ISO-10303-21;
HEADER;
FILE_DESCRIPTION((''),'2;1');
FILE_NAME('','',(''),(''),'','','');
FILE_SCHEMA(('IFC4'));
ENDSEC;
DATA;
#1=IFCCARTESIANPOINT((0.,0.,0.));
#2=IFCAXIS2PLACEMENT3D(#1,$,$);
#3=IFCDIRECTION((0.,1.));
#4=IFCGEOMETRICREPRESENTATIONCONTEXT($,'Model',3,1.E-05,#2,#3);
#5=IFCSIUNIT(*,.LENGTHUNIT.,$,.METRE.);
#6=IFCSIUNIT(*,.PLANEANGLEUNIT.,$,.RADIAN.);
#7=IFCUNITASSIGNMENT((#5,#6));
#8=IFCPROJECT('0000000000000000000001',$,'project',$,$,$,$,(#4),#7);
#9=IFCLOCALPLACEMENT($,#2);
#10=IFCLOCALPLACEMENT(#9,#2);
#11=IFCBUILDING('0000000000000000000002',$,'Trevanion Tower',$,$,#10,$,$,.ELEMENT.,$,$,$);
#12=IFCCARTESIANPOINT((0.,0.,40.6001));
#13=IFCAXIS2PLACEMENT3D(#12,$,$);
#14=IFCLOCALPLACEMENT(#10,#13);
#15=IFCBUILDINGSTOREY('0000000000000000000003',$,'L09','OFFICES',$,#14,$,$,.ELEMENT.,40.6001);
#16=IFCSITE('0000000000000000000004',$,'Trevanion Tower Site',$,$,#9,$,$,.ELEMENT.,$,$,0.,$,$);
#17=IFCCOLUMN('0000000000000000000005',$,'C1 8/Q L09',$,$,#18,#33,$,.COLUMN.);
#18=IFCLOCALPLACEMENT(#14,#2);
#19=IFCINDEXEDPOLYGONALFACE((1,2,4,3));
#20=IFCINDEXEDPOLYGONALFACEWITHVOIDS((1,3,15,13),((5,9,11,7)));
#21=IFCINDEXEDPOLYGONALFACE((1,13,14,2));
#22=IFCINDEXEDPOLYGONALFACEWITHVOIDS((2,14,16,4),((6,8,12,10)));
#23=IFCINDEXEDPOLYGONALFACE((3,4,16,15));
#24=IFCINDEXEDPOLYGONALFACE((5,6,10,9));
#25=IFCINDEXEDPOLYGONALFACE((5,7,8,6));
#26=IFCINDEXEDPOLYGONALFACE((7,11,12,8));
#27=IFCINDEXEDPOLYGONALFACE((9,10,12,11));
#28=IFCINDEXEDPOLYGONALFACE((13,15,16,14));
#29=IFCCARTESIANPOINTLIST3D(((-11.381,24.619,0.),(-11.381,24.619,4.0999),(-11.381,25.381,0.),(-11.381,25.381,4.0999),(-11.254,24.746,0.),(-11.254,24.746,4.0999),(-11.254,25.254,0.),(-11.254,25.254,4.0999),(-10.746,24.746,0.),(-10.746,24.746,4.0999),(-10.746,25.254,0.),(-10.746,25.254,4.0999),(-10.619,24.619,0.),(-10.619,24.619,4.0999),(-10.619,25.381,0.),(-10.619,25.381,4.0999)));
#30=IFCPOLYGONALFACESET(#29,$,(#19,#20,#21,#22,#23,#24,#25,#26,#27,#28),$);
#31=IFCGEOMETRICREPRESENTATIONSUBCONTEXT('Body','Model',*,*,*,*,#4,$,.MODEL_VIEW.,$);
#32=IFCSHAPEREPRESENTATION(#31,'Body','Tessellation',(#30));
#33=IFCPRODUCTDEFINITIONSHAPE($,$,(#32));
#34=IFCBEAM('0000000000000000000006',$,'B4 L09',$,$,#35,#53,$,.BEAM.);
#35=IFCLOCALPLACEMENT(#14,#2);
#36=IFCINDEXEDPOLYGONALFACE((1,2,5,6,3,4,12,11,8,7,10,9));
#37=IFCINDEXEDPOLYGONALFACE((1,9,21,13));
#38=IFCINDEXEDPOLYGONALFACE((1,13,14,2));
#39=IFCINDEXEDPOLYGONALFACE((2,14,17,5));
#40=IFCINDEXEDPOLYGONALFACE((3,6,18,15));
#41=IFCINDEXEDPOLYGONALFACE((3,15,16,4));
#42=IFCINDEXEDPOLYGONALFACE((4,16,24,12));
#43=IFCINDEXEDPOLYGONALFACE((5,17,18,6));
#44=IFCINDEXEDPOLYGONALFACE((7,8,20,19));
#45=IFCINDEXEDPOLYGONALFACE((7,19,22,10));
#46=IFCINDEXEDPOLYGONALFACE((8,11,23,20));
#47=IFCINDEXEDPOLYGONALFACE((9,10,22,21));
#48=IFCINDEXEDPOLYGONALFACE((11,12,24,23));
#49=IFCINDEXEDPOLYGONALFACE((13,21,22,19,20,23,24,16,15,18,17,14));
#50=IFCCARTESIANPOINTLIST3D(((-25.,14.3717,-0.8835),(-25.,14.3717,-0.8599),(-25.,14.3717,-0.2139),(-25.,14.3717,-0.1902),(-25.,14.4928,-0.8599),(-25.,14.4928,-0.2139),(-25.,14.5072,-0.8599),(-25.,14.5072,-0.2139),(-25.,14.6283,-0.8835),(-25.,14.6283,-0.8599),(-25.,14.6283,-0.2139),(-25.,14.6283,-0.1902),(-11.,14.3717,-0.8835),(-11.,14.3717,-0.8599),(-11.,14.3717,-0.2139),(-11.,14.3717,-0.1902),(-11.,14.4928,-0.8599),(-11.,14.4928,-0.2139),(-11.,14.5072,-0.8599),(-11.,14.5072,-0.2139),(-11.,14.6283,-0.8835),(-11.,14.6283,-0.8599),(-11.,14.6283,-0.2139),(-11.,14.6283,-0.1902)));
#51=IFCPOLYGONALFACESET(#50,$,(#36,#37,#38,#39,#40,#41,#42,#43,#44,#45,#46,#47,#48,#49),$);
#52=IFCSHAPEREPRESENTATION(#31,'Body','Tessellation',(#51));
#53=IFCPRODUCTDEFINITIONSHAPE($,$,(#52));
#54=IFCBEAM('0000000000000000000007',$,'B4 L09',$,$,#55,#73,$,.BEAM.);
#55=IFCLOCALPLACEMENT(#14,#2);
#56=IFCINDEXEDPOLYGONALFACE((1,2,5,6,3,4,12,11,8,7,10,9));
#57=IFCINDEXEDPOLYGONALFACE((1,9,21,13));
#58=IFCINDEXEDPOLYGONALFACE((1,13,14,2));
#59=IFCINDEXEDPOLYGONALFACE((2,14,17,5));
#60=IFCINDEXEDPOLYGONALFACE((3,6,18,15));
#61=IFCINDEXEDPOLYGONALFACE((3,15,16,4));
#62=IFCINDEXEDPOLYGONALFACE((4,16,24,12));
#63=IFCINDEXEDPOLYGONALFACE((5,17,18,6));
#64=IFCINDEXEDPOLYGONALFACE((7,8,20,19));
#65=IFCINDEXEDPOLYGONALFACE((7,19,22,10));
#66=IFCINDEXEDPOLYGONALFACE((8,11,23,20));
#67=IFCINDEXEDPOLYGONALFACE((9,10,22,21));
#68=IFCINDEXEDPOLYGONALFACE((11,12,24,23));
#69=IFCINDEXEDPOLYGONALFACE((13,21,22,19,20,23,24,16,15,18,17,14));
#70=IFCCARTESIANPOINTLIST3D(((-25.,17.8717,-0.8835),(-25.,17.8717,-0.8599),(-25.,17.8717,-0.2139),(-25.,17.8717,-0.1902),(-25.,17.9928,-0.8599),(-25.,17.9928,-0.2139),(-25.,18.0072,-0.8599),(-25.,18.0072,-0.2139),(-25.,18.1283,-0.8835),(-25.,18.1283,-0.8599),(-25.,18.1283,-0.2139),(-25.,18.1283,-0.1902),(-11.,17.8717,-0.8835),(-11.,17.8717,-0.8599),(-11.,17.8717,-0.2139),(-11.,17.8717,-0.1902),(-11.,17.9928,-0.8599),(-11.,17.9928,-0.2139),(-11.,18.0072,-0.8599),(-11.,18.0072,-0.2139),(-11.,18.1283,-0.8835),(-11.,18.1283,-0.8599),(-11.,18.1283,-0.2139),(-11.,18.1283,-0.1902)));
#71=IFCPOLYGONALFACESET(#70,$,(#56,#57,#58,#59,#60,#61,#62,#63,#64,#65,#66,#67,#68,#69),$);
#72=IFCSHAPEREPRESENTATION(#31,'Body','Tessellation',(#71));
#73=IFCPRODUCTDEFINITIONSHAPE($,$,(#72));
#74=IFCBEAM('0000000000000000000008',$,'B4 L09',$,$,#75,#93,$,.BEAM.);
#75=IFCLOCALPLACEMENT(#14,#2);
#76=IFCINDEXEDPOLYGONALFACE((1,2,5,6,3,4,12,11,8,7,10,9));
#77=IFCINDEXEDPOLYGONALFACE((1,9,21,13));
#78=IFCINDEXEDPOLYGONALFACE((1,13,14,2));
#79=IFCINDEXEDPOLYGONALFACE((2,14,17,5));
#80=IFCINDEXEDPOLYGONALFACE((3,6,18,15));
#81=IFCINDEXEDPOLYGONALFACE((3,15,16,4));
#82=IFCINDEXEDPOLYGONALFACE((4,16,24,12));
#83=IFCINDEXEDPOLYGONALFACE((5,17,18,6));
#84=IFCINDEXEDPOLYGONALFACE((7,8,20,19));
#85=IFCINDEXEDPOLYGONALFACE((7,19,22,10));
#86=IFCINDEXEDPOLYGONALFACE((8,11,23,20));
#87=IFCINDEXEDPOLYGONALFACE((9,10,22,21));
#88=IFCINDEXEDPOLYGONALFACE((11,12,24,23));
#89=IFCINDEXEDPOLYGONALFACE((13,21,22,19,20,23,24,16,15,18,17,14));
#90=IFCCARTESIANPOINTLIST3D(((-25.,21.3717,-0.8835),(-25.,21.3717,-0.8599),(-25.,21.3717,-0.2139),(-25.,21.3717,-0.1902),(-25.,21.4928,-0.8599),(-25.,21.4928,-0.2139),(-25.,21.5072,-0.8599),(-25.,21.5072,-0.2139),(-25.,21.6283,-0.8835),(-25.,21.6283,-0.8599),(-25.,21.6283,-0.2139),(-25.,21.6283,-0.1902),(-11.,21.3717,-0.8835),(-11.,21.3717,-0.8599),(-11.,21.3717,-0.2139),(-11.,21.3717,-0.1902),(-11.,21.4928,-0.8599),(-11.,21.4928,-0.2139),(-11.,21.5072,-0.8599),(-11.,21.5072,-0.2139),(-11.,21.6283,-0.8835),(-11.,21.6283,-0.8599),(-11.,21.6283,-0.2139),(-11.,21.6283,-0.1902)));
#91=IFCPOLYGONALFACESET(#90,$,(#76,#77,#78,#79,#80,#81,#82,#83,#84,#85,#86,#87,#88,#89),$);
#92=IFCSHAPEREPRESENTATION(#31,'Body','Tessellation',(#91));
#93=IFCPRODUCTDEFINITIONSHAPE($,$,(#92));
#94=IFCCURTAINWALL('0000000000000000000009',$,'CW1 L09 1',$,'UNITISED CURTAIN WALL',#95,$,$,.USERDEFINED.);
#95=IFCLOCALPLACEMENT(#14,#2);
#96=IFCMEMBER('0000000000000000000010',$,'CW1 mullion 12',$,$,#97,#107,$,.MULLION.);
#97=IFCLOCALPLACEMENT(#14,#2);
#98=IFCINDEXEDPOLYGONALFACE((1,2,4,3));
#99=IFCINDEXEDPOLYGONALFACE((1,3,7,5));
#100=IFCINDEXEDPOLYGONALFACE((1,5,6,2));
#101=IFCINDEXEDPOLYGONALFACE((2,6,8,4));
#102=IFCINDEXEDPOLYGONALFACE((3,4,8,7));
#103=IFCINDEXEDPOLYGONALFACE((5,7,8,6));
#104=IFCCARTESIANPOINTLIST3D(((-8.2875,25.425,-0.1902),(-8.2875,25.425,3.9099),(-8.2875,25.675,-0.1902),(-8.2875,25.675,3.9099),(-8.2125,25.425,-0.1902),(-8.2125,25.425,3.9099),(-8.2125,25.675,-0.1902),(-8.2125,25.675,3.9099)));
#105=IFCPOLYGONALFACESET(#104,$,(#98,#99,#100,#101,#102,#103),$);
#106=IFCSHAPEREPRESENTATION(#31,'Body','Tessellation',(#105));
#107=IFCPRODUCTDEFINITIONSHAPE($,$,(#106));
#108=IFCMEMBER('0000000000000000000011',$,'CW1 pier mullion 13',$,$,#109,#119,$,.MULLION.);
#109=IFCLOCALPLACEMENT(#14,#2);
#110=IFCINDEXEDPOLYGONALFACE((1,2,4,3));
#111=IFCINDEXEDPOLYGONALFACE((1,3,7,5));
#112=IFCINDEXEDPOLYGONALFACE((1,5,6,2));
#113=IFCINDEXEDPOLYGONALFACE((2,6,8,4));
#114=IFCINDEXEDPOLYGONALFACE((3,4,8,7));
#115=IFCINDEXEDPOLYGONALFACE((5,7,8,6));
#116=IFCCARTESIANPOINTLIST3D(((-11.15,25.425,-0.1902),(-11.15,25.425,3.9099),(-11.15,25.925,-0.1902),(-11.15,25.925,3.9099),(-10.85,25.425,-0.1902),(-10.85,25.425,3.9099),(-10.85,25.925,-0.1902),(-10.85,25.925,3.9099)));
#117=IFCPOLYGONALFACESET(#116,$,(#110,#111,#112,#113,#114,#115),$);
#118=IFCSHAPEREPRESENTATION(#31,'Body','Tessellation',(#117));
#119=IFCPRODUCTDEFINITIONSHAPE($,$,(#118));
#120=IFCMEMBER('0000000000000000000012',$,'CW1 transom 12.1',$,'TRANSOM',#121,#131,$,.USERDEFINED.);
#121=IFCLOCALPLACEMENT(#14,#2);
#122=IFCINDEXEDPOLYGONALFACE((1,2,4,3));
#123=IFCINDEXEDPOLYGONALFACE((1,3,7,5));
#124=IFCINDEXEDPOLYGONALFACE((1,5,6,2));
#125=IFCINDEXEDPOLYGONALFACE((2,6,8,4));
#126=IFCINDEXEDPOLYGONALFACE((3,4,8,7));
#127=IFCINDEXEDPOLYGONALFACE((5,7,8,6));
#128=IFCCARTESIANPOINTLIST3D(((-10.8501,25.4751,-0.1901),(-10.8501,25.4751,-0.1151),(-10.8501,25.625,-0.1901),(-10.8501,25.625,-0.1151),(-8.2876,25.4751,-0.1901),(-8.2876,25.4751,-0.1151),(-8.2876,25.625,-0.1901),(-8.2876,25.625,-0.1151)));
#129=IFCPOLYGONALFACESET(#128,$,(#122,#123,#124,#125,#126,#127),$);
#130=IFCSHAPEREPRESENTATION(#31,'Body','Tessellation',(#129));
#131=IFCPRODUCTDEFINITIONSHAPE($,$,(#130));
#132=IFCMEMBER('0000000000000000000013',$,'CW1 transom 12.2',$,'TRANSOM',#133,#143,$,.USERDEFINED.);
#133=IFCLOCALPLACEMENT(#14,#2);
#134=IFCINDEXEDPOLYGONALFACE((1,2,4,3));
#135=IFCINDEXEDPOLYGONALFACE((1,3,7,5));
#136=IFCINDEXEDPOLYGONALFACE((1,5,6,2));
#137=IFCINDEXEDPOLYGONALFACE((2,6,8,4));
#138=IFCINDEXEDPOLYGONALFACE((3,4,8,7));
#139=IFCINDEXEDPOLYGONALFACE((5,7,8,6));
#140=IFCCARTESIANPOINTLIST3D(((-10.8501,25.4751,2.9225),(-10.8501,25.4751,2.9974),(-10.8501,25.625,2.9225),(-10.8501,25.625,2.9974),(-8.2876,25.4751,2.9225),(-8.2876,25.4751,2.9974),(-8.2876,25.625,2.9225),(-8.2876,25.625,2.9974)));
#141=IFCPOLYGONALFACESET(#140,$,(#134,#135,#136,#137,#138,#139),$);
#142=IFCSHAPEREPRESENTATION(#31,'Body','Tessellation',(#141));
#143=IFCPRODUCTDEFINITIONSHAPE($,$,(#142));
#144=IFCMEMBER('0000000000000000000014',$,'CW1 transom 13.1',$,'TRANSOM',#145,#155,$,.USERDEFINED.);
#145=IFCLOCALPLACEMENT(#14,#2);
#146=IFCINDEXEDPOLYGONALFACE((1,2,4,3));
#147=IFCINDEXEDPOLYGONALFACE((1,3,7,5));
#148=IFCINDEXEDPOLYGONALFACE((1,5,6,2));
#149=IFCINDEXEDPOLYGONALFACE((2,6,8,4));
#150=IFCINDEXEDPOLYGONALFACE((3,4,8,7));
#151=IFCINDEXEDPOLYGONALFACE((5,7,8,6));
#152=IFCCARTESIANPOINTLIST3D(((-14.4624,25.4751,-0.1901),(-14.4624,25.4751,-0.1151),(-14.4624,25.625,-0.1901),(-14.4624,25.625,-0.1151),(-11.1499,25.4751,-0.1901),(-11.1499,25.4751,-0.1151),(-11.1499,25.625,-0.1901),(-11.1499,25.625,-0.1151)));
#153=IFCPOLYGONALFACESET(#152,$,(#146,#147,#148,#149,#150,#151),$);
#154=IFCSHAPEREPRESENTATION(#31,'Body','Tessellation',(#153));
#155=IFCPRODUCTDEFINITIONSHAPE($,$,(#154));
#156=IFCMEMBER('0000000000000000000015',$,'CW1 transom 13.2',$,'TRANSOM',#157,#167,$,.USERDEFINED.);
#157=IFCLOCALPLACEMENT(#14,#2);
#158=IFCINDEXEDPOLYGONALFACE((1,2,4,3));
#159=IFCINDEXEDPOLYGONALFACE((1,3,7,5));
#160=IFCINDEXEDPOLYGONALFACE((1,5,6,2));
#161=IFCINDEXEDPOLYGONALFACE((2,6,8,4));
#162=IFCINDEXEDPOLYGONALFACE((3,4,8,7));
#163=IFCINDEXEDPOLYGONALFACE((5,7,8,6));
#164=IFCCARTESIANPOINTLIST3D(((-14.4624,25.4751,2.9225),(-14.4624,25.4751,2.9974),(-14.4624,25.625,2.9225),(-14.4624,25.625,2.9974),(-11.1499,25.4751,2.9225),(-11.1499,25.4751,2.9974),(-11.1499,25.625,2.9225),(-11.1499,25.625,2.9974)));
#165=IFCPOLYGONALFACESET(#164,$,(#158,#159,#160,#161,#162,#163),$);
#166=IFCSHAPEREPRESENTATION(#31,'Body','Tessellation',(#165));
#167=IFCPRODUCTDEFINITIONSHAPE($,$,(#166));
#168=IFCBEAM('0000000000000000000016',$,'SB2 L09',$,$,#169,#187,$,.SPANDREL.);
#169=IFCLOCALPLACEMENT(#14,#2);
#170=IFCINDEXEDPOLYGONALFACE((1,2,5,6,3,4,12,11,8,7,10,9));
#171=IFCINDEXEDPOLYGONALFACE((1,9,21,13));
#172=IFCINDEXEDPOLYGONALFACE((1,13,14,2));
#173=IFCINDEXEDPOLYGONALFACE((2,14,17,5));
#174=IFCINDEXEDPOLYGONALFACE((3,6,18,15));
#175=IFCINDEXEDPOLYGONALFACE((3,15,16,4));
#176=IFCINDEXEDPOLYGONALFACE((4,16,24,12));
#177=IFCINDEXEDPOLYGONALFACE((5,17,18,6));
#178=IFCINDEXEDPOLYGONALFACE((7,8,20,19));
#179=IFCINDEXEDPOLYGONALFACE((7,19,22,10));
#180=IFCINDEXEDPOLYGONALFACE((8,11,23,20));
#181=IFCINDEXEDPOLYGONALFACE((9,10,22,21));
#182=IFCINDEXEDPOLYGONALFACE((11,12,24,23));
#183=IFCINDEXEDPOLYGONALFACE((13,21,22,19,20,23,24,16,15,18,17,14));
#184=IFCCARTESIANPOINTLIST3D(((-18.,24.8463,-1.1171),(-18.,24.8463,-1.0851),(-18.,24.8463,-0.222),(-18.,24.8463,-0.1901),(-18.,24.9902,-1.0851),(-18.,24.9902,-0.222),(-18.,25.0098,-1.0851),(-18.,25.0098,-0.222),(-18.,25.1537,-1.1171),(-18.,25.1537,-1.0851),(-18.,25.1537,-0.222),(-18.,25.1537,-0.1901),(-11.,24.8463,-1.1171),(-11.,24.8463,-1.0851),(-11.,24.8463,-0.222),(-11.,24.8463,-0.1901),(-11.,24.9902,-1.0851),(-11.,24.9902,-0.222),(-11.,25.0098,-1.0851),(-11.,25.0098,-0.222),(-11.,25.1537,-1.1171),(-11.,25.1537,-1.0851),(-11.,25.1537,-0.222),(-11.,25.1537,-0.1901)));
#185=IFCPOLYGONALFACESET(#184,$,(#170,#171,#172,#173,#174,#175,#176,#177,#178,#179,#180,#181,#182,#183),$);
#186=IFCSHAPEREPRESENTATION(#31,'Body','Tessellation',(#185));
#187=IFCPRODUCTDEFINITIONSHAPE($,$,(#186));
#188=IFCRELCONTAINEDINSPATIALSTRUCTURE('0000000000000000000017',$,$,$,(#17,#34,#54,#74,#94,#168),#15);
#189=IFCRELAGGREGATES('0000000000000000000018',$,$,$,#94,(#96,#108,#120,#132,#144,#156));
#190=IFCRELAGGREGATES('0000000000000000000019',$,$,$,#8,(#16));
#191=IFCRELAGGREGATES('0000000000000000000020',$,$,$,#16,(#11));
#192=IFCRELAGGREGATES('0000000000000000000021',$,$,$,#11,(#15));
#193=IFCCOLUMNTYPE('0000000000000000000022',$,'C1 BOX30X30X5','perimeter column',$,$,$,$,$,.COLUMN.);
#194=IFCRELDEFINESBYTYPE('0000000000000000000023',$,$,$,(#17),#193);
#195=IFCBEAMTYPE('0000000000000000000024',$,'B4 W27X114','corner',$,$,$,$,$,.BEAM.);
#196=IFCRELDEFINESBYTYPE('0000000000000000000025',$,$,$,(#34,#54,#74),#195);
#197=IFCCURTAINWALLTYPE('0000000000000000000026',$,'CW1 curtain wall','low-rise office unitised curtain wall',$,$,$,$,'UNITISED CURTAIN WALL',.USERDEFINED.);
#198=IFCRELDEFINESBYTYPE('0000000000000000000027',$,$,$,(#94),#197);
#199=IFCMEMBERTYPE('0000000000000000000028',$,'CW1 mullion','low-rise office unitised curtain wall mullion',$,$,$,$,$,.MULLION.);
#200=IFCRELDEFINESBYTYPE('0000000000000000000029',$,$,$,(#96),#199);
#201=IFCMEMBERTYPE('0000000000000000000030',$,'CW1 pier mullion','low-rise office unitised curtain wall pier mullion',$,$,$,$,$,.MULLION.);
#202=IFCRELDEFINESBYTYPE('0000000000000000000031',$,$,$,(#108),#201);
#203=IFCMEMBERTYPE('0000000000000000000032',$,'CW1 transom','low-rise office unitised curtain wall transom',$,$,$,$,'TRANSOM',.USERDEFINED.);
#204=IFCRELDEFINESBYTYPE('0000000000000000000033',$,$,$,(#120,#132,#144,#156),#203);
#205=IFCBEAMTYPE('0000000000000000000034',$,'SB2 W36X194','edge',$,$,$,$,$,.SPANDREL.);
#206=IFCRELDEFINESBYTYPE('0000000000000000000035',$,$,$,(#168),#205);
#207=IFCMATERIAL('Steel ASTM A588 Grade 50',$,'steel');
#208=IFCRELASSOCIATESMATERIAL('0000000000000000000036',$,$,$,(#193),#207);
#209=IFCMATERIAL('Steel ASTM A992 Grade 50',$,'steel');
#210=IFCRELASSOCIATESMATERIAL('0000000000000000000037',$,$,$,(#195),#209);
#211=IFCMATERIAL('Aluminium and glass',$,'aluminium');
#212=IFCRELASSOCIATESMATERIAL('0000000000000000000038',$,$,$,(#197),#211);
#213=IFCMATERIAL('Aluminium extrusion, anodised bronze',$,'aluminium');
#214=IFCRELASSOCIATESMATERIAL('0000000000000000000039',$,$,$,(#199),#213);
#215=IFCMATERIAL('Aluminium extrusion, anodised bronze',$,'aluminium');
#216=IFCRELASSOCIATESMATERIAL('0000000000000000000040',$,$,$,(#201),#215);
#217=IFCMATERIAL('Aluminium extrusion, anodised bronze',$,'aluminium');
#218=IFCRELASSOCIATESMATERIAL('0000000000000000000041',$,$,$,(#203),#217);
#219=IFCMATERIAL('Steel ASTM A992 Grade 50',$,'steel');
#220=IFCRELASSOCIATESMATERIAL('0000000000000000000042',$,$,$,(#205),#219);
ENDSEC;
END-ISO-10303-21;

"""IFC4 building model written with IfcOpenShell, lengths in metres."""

from ifc_helpers import new_model, si_unit, direction, frame, origin, origin_2d, place, context, subcontext, project, spatial, rectangle, hollow_rectangle, i_section, extrude, material, material_profile, profile_set, type_object, element, aggregate, save


model = new_model("IFC4")

# Units and contexts
model_context = context("Model", 3, precision=1e-05, world=origin(), true_north=direction((0.0, 1.0)))
body_context = subcontext(model_context, "Body", "Model", "MODEL_VIEW")
ifc_project = project(units=[si_unit("LENGTHUNIT", "METRE"), si_unit("PLANEANGLEUNIT", "RADIAN")], contexts=[model_context])

# Site, building, storey
site_placement = place(None, origin())
site = spatial("IfcSite", under=ifc_project, at=site_placement, Name="Trevanion Tower Site", CompositionType="ELEMENT", RefElevation=0.0)
building_placement = place(site_placement, origin())
building = spatial("IfcBuilding", under=site, at=building_placement, Name="Trevanion Tower", CompositionType="ELEMENT")
storey_placement = place(building_placement, frame((0.0, 0.0, 40.6001)))
storey = spatial("IfcBuildingStorey", under=building, at=storey_placement, Name="L09", Description="OFFICES", CompositionType="ELEMENT", Elevation=40.6001)

# Column
ifc_material_1 = material(Name="Steel ASTM A588 Grade 50", Category="steel")
ifc_material_profile_1 = material_profile(ifc_material_1, hollow_rectangle(XDim=0.762, YDim=0.762, WallThickness=0.127, at=origin_2d()), Name="BOX30X30X5")
ifc_profile_set_1 = profile_set([ifc_material_profile_1], Name="Steel ASTM A588 Grade 50")
column_type = type_object("IfcColumnType", Name="C1 BOX30X30X5", Description="perimeter column", PredefinedType="COLUMN", material=ifc_profile_set_1)
column_placement = place(storey_placement, frame((-11.0, 25.0, 0.0), z_axis=(0.0, 0.0, 1.0), x_axis=(1.0, 0.0, 0.0)))
element("IfcColumn", 1, at=column_placement, inside=storey, type_object=column_type, Name="C1 8/Q L09", PredefinedType="COLUMN", context=body_context, shape_type="SweptSolid", body=[
    extrude(hollow_rectangle(XDim=0.762, YDim=0.762, WallThickness=0.127, at=origin_2d()), origin(), (0.0, 0.0, 1.0), 4.0999),
])

# Beams
ifc_material_2 = material(Name="Steel ASTM A992 Grade 50", Category="steel")
ifc_material_profile_2 = material_profile(ifc_material_2, i_section(OverallWidth=0.2566, OverallDepth=0.6934, WebThickness=0.0144, FlangeThickness=0.0237, at=origin_2d()), Name="W27X114")
ifc_profile_set_2 = profile_set([ifc_material_profile_2], Name="Steel ASTM A992 Grade 50")
beam_type_1 = type_object("IfcBeamType", Name="B4 W27X114", Description="corner", PredefinedType="BEAM", material=ifc_profile_set_2)
for number, where, z_axis, x_axis, name in (
    (2, (-11.0, 14.5, -0.5369), (-1.0, 0.0, 0.0), (0.0, -1.0, 0.0), "B4 L09"),
    (3, (-11.0, 18.0, -0.5369), (-1.0, 0.0, 0.0), (0.0, -1.0, 0.0), "B4 L09"),
    (4, (-11.0, 21.5, -0.5369), (-1.0, 0.0, 0.0), (0.0, -1.0, 0.0), "B4 L09"),
):
    element("IfcBeam", number, at=place(storey_placement, frame(where, z_axis=z_axis, x_axis=x_axis)), inside=storey, type_object=beam_type_1, Name=name, PredefinedType="BEAM", context=body_context, shape_type="SweptSolid", body=[
        extrude(i_section(OverallWidth=0.2566, OverallDepth=0.6934, WebThickness=0.0144, FlangeThickness=0.0237, at=origin_2d()), origin(), (0.0, 0.0, 1.0), 14.0),
    ])

# Curtain wall, members
ifc_material_3 = material(Name="Aluminium and glass", Category="aluminium")
curtain_wall_type = type_object("IfcCurtainWallType", Name="CW1 curtain wall", Description="low-rise office unitised curtain wall", ElementType="UNITISED CURTAIN WALL", PredefinedType="USERDEFINED", material=ifc_material_3)
curtain_wall_placement = place(storey_placement, origin())
curtain_wall = element("IfcCurtainWall", 5, at=curtain_wall_placement, inside=storey, type_object=curtain_wall_type, Name="CW1 L09 1", ObjectType="UNITISED CURTAIN WALL", PredefinedType="USERDEFINED")
ifc_material_4 = material(Name="Aluminium extrusion, anodised bronze", Category="aluminium")
ifc_material_profile_3 = material_profile(ifc_material_4, rectangle(XDim=0.075, YDim=0.25, at=origin_2d()), Name="CW1 mullion")
ifc_profile_set_3 = profile_set([ifc_material_profile_3], Name="Aluminium extrusion, anodised bronze")
member_type_1 = type_object("IfcMemberType", Name="CW1 mullion", Description="low-rise office unitised curtain wall mullion", PredefinedType="MULLION", material=ifc_profile_set_3)
member_1_placement = place(storey_placement, frame((-8.25, 25.55, -0.1902), z_axis=(0.0, 0.0, 1.0), x_axis=(-1.0, 0.0, 0.0)))
member_1 = element("IfcMember", 6, at=member_1_placement, type_object=member_type_1, Name="CW1 mullion 12", PredefinedType="MULLION", context=body_context, shape_type="SweptSolid", body=[
    extrude(rectangle(XDim=0.075, YDim=0.25, at=origin_2d()), origin(), (0.0, 0.0, 1.0), 4.1001),
])
ifc_material_5 = material(Name="Aluminium extrusion, anodised bronze", Category="aluminium")
ifc_material_profile_4 = material_profile(ifc_material_5, rectangle(XDim=0.3, YDim=0.5, at=origin_2d()), Name="CW1 pier mullion")
ifc_profile_set_4 = profile_set([ifc_material_profile_4], Name="Aluminium extrusion, anodised bronze")
member_type_2 = type_object("IfcMemberType", Name="CW1 pier mullion", Description="low-rise office unitised curtain wall pier mullion", PredefinedType="MULLION", material=ifc_profile_set_4)
member_2_placement = place(storey_placement, frame((-11.0, 25.675, -0.1902), z_axis=(0.0, 0.0, 1.0), x_axis=(-1.0, 0.0, 0.0)))
member_2 = element("IfcMember", 7, at=member_2_placement, type_object=member_type_2, Name="CW1 pier mullion 13", PredefinedType="MULLION", context=body_context, shape_type="SweptSolid", body=[
    extrude(rectangle(XDim=0.3, YDim=0.5, at=origin_2d()), origin(), (0.0, 0.0, 1.0), 4.1001),
])
ifc_material_6 = material(Name="Aluminium extrusion, anodised bronze", Category="aluminium")
ifc_material_profile_5 = material_profile(ifc_material_6, rectangle(XDim=0.1499, YDim=0.075, at=origin_2d()), Name="CW1 transom")
ifc_profile_set_5 = profile_set([ifc_material_profile_5], Name="Aluminium extrusion, anodised bronze")
member_type_3 = type_object("IfcMemberType", Name="CW1 transom", Description="low-rise office unitised curtain wall transom", ElementType="TRANSOM", PredefinedType="USERDEFINED", material=ifc_profile_set_5)
member_3_placement = place(storey_placement, frame((-8.2876, 25.55, -0.1526), z_axis=(-1.0, 0.0, 0.0), x_axis=(0.0, -1.0, 0.0)))
member_3 = element("IfcMember", 8, at=member_3_placement, type_object=member_type_3, Name="CW1 transom 12.1", ObjectType="TRANSOM", PredefinedType="USERDEFINED", context=body_context, shape_type="SweptSolid", body=[
    extrude(rectangle(XDim=0.1499, YDim=0.075, at=origin_2d()), origin(), (0.0, 0.0, 1.0), 2.5625),
])
member_4_placement = place(storey_placement, frame((-8.2876, 25.55, 2.96), z_axis=(-1.0, 0.0, 0.0), x_axis=(0.0, -1.0, 0.0)))
member_4 = element("IfcMember", 9, at=member_4_placement, type_object=member_type_3, Name="CW1 transom 12.2", ObjectType="TRANSOM", PredefinedType="USERDEFINED", context=body_context, shape_type="SweptSolid", body=[
    extrude(rectangle(XDim=0.1499, YDim=0.075, at=origin_2d()), origin(), (0.0, 0.0, 1.0), 2.5625),
])
member_5_placement = place(storey_placement, frame((-11.1499, 25.55, -0.1526), z_axis=(-1.0, 0.0, 0.0), x_axis=(0.0, -1.0, 0.0)))
member_5 = element("IfcMember", 10, at=member_5_placement, type_object=member_type_3, Name="CW1 transom 13.1", ObjectType="TRANSOM", PredefinedType="USERDEFINED", context=body_context, shape_type="SweptSolid", body=[
    extrude(rectangle(XDim=0.1499, YDim=0.075, at=origin_2d()), origin(), (0.0, 0.0, 1.0), 3.3125),
])
member_6_placement = place(storey_placement, frame((-11.1499, 25.55, 2.96), z_axis=(-1.0, 0.0, 0.0), x_axis=(0.0, -1.0, 0.0)))
member_6 = element("IfcMember", 11, at=member_6_placement, type_object=member_type_3, Name="CW1 transom 13.2", ObjectType="TRANSOM", PredefinedType="USERDEFINED", context=body_context, shape_type="SweptSolid", body=[
    extrude(rectangle(XDim=0.1499, YDim=0.075, at=origin_2d()), origin(), (0.0, 0.0, 1.0), 3.3125),
])

# Beam
ifc_material_7 = material(Name="Steel ASTM A992 Grade 50", Category="steel")
ifc_material_profile_6 = material_profile(ifc_material_7, i_section(OverallWidth=0.3074, OverallDepth=0.927, WebThickness=0.0195, FlangeThickness=0.032, at=origin_2d()), Name="W36X194")
ifc_profile_set_6 = profile_set([ifc_material_profile_6], Name="Steel ASTM A992 Grade 50")
beam_type_2 = type_object("IfcBeamType", Name="SB2 W36X194", Description="edge", PredefinedType="SPANDREL", material=ifc_profile_set_6)
beam_placement = place(storey_placement, frame((-11.0, 25.0, -0.6536), z_axis=(-1.0, 0.0, 0.0), x_axis=(0.0, -1.0, 0.0)))
element("IfcBeam", 12, at=beam_placement, inside=storey, type_object=beam_type_2, Name="SB2 L09", PredefinedType="SPANDREL", context=body_context, shape_type="SweptSolid", body=[
    extrude(i_section(OverallWidth=0.3074, OverallDepth=0.927, WebThickness=0.0195, FlangeThickness=0.032, at=origin_2d()), origin(), (0.0, 0.0, 1.0), 7.0),
])

aggregate(curtain_wall, [member_1, member_2, member_3, member_4, member_5, member_6])

save(model, "model.ifc")
